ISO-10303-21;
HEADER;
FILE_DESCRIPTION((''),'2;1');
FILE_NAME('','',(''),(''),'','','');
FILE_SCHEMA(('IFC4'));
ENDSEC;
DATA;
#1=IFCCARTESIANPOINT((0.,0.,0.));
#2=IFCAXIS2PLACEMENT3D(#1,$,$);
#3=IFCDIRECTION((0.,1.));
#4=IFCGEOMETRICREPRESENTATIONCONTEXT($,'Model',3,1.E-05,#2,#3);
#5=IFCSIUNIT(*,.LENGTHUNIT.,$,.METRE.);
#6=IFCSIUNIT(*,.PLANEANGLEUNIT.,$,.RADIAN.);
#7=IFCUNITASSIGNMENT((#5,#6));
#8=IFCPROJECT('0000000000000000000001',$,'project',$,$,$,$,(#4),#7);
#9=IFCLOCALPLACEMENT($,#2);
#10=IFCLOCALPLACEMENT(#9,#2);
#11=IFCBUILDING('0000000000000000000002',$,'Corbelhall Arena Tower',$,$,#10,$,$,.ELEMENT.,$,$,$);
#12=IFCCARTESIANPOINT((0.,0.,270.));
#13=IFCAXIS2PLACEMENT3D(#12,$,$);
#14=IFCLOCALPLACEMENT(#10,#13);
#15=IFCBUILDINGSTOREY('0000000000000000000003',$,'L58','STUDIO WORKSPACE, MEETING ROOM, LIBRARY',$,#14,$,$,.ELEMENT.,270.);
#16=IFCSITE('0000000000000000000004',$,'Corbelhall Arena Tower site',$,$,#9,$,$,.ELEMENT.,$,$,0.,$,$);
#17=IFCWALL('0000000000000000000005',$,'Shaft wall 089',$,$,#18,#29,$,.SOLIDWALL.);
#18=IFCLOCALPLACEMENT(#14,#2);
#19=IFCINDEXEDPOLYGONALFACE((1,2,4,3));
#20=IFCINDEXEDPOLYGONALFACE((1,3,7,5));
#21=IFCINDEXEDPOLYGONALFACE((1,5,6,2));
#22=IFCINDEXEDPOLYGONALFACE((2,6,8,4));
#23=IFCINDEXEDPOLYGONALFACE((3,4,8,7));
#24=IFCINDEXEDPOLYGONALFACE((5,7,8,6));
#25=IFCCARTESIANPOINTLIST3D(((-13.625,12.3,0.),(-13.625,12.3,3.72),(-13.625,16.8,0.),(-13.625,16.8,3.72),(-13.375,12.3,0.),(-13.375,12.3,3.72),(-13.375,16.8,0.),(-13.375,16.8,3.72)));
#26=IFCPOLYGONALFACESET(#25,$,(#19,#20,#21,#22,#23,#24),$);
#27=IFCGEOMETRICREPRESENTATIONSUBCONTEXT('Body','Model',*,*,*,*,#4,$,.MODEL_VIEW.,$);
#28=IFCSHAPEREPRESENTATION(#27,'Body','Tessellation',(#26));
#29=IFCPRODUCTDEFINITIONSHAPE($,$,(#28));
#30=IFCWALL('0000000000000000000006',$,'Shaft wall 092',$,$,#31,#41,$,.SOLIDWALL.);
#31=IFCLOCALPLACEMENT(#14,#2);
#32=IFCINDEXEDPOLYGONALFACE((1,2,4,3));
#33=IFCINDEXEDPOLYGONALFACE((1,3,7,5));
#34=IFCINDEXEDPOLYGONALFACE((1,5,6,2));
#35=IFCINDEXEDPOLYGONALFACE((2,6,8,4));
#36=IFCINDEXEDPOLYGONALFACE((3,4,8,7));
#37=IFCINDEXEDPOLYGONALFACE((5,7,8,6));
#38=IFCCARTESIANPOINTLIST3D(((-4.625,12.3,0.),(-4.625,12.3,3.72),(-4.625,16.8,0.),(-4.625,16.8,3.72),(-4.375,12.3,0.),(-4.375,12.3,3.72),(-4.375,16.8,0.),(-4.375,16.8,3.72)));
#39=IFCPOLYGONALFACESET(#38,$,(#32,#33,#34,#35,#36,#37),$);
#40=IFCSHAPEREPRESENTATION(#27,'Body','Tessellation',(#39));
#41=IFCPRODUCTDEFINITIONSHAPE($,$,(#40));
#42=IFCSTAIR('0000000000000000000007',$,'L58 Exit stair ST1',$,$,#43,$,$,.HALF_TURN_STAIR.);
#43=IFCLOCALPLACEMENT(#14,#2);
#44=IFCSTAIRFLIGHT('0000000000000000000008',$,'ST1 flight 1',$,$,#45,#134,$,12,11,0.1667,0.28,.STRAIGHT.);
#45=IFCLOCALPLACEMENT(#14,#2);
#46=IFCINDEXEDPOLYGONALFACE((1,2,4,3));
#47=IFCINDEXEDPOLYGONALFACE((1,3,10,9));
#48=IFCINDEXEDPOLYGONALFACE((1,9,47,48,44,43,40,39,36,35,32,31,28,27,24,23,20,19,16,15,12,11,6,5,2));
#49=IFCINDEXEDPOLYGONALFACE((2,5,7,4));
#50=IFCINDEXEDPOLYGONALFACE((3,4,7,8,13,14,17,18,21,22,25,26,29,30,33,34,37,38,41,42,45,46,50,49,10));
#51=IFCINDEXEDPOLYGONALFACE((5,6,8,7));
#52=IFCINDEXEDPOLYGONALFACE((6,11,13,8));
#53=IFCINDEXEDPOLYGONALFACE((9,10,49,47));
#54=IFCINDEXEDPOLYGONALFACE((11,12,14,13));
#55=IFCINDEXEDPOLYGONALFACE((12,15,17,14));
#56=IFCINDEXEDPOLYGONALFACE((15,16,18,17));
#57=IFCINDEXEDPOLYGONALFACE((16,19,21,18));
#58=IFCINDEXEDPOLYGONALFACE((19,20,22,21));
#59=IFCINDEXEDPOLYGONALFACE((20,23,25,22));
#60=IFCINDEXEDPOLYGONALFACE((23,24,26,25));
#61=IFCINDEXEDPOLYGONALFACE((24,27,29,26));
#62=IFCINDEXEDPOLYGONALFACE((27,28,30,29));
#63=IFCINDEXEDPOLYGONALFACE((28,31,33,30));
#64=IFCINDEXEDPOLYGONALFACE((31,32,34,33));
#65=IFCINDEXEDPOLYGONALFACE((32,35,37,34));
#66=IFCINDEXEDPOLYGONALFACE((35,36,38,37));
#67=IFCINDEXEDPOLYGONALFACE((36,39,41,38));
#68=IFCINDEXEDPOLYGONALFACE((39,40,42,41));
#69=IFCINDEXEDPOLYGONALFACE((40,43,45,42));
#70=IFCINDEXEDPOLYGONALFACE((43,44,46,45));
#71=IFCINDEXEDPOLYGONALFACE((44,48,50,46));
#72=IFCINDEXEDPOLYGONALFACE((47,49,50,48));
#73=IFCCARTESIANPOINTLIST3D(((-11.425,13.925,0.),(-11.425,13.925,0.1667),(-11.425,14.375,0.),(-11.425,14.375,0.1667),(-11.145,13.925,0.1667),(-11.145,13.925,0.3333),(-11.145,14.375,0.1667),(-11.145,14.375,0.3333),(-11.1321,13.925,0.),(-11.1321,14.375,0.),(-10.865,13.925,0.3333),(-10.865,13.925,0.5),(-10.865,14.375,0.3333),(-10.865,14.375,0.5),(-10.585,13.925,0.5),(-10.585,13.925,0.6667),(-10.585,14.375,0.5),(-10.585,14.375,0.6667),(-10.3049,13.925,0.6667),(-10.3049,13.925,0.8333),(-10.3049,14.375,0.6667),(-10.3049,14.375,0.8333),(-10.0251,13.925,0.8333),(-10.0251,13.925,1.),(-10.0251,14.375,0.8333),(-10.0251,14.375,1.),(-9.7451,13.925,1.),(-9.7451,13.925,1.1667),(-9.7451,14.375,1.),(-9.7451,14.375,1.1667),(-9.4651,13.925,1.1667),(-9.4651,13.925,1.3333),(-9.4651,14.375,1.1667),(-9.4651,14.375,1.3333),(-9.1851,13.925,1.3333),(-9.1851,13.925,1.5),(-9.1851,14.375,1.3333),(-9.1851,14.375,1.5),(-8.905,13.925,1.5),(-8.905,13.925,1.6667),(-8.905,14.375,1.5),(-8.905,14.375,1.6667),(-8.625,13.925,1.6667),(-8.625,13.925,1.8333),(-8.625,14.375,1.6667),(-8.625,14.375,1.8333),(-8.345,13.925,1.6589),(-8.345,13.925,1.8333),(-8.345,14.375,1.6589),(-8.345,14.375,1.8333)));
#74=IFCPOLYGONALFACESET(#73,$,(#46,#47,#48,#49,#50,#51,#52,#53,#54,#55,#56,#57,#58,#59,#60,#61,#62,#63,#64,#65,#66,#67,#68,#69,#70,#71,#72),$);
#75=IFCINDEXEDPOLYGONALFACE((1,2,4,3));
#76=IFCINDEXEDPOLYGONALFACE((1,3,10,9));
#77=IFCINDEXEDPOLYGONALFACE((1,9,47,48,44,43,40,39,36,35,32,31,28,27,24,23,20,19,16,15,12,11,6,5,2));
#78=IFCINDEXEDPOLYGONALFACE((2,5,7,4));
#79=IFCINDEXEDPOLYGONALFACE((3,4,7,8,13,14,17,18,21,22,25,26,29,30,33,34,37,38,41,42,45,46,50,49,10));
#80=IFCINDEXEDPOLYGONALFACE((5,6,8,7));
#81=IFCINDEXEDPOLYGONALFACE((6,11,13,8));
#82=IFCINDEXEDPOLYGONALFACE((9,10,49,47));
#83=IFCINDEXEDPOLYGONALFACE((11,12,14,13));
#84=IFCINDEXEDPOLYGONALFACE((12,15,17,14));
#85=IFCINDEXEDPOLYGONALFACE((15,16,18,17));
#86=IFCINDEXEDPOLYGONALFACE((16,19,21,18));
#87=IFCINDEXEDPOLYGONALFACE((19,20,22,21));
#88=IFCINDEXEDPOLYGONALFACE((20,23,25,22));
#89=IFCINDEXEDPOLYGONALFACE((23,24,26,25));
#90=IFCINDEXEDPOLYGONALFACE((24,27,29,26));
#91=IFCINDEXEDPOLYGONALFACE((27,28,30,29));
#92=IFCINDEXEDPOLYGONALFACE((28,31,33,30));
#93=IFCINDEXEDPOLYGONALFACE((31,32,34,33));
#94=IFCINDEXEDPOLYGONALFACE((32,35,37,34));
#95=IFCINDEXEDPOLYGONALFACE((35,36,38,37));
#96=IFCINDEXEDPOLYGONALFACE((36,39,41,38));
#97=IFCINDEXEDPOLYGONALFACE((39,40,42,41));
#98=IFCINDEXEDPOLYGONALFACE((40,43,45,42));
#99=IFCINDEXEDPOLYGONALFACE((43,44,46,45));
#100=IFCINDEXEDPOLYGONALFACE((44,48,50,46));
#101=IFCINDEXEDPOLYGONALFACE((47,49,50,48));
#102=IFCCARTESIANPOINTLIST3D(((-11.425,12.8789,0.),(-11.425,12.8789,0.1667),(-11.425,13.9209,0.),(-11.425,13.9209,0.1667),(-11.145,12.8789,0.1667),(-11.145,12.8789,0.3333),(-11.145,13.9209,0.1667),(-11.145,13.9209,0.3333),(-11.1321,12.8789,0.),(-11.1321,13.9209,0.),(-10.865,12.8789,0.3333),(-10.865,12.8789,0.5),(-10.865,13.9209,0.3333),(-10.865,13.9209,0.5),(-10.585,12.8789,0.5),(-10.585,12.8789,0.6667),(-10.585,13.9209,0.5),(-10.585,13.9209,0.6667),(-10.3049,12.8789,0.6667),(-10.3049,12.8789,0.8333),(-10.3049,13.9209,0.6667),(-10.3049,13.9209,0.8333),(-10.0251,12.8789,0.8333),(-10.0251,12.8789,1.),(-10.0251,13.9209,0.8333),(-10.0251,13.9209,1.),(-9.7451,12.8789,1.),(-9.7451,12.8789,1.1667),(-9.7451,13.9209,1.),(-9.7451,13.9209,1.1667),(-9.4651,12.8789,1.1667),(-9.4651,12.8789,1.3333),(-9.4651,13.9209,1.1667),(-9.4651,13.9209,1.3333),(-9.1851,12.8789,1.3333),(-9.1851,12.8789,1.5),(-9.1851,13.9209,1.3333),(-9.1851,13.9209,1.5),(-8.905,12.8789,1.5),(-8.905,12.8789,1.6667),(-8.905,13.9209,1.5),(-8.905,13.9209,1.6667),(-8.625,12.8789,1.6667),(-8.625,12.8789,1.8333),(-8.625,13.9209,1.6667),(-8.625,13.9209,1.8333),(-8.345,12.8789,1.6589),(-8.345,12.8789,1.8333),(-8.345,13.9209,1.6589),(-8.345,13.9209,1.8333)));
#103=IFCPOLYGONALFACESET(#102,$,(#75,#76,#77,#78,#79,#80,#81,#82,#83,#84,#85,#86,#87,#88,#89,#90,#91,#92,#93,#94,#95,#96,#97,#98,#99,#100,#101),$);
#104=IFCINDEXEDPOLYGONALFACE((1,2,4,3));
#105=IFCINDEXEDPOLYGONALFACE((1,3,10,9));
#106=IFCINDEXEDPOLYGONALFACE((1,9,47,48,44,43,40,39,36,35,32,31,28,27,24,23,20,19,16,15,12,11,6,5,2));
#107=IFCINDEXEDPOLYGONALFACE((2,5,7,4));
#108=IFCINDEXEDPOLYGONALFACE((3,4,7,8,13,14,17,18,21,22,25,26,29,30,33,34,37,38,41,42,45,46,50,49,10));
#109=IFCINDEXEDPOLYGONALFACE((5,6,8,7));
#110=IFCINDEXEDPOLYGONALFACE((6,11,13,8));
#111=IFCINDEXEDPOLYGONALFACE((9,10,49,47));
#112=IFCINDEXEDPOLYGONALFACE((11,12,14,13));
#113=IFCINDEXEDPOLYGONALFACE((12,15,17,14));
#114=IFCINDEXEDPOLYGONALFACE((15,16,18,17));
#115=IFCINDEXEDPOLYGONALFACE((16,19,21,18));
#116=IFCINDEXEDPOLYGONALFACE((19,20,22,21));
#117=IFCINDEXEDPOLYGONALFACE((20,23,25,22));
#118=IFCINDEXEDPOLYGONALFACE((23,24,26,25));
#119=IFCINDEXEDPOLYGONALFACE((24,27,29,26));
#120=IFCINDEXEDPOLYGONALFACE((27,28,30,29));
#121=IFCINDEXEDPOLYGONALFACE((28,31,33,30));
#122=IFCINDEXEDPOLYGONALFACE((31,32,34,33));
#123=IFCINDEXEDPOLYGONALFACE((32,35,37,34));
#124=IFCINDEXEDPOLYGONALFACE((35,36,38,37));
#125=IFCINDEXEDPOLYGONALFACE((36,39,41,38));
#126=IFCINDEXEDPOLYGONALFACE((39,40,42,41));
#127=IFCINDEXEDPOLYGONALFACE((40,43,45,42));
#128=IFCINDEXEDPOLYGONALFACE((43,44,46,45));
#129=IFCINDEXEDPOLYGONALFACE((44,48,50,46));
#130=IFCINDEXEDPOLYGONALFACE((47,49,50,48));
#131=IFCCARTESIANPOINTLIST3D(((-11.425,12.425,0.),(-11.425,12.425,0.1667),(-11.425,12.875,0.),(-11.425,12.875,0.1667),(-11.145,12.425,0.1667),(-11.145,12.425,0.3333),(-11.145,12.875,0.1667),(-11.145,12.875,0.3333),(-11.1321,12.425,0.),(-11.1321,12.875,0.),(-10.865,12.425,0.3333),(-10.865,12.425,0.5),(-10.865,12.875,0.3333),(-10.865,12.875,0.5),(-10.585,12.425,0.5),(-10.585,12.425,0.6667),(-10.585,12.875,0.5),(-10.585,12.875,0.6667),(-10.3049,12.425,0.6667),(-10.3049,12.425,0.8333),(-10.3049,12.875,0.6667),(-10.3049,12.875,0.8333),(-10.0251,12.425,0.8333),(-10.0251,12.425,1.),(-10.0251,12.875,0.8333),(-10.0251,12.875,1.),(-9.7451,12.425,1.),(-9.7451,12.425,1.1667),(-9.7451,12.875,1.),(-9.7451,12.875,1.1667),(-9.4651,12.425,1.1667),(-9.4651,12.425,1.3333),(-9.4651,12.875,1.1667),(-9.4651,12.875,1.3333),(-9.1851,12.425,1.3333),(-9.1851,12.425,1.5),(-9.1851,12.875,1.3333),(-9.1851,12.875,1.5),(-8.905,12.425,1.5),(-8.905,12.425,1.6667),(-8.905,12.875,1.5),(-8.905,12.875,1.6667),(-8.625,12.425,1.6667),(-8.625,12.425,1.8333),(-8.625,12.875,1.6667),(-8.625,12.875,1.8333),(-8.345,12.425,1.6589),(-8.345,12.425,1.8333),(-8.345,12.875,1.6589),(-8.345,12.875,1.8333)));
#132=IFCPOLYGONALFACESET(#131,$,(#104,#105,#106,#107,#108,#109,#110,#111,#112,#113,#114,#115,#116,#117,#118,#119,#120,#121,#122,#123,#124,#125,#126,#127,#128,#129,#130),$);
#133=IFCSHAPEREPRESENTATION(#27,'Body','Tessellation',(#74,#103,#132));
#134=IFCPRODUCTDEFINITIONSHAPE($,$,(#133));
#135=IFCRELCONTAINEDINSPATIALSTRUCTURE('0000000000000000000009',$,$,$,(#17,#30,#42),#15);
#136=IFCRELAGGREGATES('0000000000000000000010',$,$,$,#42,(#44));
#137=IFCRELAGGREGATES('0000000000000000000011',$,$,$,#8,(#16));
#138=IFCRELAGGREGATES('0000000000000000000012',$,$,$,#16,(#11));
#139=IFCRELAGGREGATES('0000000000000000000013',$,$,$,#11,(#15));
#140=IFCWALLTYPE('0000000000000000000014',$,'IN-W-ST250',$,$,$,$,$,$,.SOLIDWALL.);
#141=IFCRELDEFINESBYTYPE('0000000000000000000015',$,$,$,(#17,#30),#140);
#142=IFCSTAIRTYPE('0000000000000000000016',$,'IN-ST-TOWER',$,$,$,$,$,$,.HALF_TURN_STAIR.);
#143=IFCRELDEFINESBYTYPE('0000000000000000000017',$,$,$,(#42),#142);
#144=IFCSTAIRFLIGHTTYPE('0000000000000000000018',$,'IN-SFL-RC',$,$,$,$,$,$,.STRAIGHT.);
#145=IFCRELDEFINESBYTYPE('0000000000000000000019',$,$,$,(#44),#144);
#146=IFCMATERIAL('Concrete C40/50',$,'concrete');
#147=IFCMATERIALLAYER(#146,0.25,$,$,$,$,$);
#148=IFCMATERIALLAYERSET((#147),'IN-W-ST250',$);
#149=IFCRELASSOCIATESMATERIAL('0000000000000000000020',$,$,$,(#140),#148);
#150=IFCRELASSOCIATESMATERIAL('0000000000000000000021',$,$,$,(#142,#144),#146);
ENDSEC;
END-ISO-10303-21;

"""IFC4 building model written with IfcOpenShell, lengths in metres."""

from ifc_helpers import new_model, si_unit, direction, frame, frame_2d, origin, place, context, subcontext, project, spatial, polyline, rectangle, outline, extrude, material, layer, layer_set, type_object, element, aggregate, save


model = new_model("IFC4")

# Units and contexts
model_context = context("Model", 3, precision=1e-05, world=origin(), true_north=direction((0.0, 1.0)))
body_context = subcontext(model_context, "Body", "Model", "MODEL_VIEW")
ifc_project = project(units=[si_unit("LENGTHUNIT", "METRE"), si_unit("PLANEANGLEUNIT", "RADIAN")], contexts=[model_context])

# Site, building, storey
site_placement = place(None, origin())
site = spatial("IfcSite", under=ifc_project, at=site_placement, Name="Corbelhall Arena Tower site", CompositionType="ELEMENT", RefElevation=0.0)
building_placement = place(site_placement, origin())
building = spatial("IfcBuilding", under=site, at=building_placement, Name="Corbelhall Arena Tower", CompositionType="ELEMENT")
storey_placement = place(building_placement, frame((0.0, 0.0, 270.0)))
storey = spatial("IfcBuildingStorey", under=building, at=storey_placement, Name="L58", Description="STUDIO WORKSPACE, MEETING ROOM, LIBRARY", CompositionType="ELEMENT", Elevation=270.0)

# Walls
ifc_material_1 = material(Name="Concrete C40/50", Category="concrete")
ifc_layer_1 = layer(ifc_material_1, 0.25)
ifc_layer_set_1 = layer_set([ifc_layer_1], Name="IN-W-ST250")
wall_type_1 = type_object("IfcWallType", Name="IN-W-ST250", PredefinedType="SOLIDWALL", material=ifc_layer_set_1)
for number, where, z_axis, x_axis, name in (
    (1, (-13.5, 12.3, 0.0), (0.0, 0.0, 1.0), (0.0, 1.0, 0.0), "Shaft wall 089"),
    (2, (-4.5, 16.8, 0.0), (0.0, 0.0, 1.0), (0.0, -1.0, 0.0), "Shaft wall 092"),
):
    element("IfcWall", number, at=place(storey_placement, frame(where, z_axis=z_axis, x_axis=x_axis)), inside=storey, type_object=wall_type_1, Name=name, PredefinedType="SOLIDWALL", context=body_context, shape_type="SweptSolid", body=[
        extrude(rectangle(XDim=4.5, YDim=0.25, at=frame_2d((2.25, 0.0))), origin(), (0.0, 0.0, 1.0), 3.72),
    ])

# Stair, stair flight
stair_type = type_object("IfcStairType", Name="IN-ST-TOWER", PredefinedType="HALF_TURN_STAIR", material=ifc_material_1)
stair_placement = place(storey_placement, origin())
stair = element("IfcStair", 3, at=stair_placement, inside=storey, type_object=stair_type, Name="L58 Exit stair ST1", PredefinedType="HALF_TURN_STAIR")
stair_flight_type = type_object("IfcStairFlightType", Name="IN-SFL-RC", PredefinedType="STRAIGHT", material=ifc_material_1)
stair_flight_1_placement = place(storey_placement, frame((-11.425, 13.3999, 0.0), z_axis=(0.0, 0.0, 1.0), x_axis=(1.0, 0.0, 0.0)))
stair_flight_1 = element("IfcStairFlight", 4, at=stair_flight_1_placement, type_object=stair_flight_type, Name="ST1 flight 1", NumberOfRisers=12, NumberOfTreads=11, PredefinedType="STRAIGHT", RiserHeight=0.1667, TreadLength=0.28, context=body_context, shape_type="SweptSolid", body=[
    extrude(outline(polyline([(0.0, 0.0), (0.0, 0.1667), (0.28, 0.1667), (0.28, 0.3333), (0.5601, 0.3333), (0.5601, 0.5), (0.8401, 0.5), (0.8401, 0.6667), (1.1201, 0.6667), (1.1201, 0.8333), (1.3999, 0.8333), (1.3999, 1.0), (1.6799, 1.0), (1.6799, 1.1667), (1.96, 1.1667), (1.96, 1.3333), (2.24, 1.3333), (2.24, 1.5), (2.52, 1.5), (2.52, 1.6667), (2.8, 1.6667), (2.8, 1.8333), (3.0801, 1.8333), (3.0801, 2.0), (3.0801, 1.6589), (0.293, 0.0), (0.0, 0.0)])), frame((0.0, 0.9751, 0.0), z_axis=(0.0, -1.0, 0.0), x_axis=(1.0, 0.0, 0.0)), (0.0, 0.0, 1.0), 0.45),
    extrude(outline(polyline([(0.0, 0.0), (0.0, 0.1667), (0.28, 0.1667), (0.28, 0.3333), (0.5601, 0.3333), (0.5601, 0.5), (0.8401, 0.5), (0.8401, 0.6667), (1.1201, 0.6667), (1.1201, 0.8333), (1.3999, 0.8333), (1.3999, 1.0), (1.6799, 1.0), (1.6799, 1.1667), (1.96, 1.1667), (1.96, 1.3333), (2.24, 1.3333), (2.24, 1.5), (2.52, 1.5), (2.52, 1.6667), (2.8, 1.6667), (2.8, 1.8333), (3.0801, 1.8333), (3.0801, 2.0), (3.0801, 1.6589), (0.293, 0.0), (0.0, 0.0)])), frame((0.0, 0.521, 0.0), z_axis=(0.0, -1.0, 0.0), x_axis=(1.0, 0.0, 0.0)), (0.0, 0.0, 1.0), 1.042),
    extrude(outline(polyline([(0.0, 0.0), (0.0, 0.1667), (0.28, 0.1667), (0.28, 0.3333), (0.5601, 0.3333), (0.5601, 0.5), (0.8401, 0.5), (0.8401, 0.6667), (1.1201, 0.6667), (1.1201, 0.8333), (1.3999, 0.8333), (1.3999, 1.0), (1.6799, 1.0), (1.6799, 1.1667), (1.96, 1.1667), (1.96, 1.3333), (2.24, 1.3333), (2.24, 1.5), (2.52, 1.5), (2.52, 1.6667), (2.8, 1.6667), (2.8, 1.8333), (3.0801, 1.8333), (3.0801, 2.0), (3.0801, 1.6589), (0.293, 0.0), (0.0, 0.0)])), frame((0.0, -0.5249, 0.0), z_axis=(0.0, -1.0, 0.0), x_axis=(1.0, 0.0, 0.0)), (0.0, 0.0, 1.0), 0.45),
])
aggregate(stair, [stair_flight_1])

save(model, "model.ifc")
